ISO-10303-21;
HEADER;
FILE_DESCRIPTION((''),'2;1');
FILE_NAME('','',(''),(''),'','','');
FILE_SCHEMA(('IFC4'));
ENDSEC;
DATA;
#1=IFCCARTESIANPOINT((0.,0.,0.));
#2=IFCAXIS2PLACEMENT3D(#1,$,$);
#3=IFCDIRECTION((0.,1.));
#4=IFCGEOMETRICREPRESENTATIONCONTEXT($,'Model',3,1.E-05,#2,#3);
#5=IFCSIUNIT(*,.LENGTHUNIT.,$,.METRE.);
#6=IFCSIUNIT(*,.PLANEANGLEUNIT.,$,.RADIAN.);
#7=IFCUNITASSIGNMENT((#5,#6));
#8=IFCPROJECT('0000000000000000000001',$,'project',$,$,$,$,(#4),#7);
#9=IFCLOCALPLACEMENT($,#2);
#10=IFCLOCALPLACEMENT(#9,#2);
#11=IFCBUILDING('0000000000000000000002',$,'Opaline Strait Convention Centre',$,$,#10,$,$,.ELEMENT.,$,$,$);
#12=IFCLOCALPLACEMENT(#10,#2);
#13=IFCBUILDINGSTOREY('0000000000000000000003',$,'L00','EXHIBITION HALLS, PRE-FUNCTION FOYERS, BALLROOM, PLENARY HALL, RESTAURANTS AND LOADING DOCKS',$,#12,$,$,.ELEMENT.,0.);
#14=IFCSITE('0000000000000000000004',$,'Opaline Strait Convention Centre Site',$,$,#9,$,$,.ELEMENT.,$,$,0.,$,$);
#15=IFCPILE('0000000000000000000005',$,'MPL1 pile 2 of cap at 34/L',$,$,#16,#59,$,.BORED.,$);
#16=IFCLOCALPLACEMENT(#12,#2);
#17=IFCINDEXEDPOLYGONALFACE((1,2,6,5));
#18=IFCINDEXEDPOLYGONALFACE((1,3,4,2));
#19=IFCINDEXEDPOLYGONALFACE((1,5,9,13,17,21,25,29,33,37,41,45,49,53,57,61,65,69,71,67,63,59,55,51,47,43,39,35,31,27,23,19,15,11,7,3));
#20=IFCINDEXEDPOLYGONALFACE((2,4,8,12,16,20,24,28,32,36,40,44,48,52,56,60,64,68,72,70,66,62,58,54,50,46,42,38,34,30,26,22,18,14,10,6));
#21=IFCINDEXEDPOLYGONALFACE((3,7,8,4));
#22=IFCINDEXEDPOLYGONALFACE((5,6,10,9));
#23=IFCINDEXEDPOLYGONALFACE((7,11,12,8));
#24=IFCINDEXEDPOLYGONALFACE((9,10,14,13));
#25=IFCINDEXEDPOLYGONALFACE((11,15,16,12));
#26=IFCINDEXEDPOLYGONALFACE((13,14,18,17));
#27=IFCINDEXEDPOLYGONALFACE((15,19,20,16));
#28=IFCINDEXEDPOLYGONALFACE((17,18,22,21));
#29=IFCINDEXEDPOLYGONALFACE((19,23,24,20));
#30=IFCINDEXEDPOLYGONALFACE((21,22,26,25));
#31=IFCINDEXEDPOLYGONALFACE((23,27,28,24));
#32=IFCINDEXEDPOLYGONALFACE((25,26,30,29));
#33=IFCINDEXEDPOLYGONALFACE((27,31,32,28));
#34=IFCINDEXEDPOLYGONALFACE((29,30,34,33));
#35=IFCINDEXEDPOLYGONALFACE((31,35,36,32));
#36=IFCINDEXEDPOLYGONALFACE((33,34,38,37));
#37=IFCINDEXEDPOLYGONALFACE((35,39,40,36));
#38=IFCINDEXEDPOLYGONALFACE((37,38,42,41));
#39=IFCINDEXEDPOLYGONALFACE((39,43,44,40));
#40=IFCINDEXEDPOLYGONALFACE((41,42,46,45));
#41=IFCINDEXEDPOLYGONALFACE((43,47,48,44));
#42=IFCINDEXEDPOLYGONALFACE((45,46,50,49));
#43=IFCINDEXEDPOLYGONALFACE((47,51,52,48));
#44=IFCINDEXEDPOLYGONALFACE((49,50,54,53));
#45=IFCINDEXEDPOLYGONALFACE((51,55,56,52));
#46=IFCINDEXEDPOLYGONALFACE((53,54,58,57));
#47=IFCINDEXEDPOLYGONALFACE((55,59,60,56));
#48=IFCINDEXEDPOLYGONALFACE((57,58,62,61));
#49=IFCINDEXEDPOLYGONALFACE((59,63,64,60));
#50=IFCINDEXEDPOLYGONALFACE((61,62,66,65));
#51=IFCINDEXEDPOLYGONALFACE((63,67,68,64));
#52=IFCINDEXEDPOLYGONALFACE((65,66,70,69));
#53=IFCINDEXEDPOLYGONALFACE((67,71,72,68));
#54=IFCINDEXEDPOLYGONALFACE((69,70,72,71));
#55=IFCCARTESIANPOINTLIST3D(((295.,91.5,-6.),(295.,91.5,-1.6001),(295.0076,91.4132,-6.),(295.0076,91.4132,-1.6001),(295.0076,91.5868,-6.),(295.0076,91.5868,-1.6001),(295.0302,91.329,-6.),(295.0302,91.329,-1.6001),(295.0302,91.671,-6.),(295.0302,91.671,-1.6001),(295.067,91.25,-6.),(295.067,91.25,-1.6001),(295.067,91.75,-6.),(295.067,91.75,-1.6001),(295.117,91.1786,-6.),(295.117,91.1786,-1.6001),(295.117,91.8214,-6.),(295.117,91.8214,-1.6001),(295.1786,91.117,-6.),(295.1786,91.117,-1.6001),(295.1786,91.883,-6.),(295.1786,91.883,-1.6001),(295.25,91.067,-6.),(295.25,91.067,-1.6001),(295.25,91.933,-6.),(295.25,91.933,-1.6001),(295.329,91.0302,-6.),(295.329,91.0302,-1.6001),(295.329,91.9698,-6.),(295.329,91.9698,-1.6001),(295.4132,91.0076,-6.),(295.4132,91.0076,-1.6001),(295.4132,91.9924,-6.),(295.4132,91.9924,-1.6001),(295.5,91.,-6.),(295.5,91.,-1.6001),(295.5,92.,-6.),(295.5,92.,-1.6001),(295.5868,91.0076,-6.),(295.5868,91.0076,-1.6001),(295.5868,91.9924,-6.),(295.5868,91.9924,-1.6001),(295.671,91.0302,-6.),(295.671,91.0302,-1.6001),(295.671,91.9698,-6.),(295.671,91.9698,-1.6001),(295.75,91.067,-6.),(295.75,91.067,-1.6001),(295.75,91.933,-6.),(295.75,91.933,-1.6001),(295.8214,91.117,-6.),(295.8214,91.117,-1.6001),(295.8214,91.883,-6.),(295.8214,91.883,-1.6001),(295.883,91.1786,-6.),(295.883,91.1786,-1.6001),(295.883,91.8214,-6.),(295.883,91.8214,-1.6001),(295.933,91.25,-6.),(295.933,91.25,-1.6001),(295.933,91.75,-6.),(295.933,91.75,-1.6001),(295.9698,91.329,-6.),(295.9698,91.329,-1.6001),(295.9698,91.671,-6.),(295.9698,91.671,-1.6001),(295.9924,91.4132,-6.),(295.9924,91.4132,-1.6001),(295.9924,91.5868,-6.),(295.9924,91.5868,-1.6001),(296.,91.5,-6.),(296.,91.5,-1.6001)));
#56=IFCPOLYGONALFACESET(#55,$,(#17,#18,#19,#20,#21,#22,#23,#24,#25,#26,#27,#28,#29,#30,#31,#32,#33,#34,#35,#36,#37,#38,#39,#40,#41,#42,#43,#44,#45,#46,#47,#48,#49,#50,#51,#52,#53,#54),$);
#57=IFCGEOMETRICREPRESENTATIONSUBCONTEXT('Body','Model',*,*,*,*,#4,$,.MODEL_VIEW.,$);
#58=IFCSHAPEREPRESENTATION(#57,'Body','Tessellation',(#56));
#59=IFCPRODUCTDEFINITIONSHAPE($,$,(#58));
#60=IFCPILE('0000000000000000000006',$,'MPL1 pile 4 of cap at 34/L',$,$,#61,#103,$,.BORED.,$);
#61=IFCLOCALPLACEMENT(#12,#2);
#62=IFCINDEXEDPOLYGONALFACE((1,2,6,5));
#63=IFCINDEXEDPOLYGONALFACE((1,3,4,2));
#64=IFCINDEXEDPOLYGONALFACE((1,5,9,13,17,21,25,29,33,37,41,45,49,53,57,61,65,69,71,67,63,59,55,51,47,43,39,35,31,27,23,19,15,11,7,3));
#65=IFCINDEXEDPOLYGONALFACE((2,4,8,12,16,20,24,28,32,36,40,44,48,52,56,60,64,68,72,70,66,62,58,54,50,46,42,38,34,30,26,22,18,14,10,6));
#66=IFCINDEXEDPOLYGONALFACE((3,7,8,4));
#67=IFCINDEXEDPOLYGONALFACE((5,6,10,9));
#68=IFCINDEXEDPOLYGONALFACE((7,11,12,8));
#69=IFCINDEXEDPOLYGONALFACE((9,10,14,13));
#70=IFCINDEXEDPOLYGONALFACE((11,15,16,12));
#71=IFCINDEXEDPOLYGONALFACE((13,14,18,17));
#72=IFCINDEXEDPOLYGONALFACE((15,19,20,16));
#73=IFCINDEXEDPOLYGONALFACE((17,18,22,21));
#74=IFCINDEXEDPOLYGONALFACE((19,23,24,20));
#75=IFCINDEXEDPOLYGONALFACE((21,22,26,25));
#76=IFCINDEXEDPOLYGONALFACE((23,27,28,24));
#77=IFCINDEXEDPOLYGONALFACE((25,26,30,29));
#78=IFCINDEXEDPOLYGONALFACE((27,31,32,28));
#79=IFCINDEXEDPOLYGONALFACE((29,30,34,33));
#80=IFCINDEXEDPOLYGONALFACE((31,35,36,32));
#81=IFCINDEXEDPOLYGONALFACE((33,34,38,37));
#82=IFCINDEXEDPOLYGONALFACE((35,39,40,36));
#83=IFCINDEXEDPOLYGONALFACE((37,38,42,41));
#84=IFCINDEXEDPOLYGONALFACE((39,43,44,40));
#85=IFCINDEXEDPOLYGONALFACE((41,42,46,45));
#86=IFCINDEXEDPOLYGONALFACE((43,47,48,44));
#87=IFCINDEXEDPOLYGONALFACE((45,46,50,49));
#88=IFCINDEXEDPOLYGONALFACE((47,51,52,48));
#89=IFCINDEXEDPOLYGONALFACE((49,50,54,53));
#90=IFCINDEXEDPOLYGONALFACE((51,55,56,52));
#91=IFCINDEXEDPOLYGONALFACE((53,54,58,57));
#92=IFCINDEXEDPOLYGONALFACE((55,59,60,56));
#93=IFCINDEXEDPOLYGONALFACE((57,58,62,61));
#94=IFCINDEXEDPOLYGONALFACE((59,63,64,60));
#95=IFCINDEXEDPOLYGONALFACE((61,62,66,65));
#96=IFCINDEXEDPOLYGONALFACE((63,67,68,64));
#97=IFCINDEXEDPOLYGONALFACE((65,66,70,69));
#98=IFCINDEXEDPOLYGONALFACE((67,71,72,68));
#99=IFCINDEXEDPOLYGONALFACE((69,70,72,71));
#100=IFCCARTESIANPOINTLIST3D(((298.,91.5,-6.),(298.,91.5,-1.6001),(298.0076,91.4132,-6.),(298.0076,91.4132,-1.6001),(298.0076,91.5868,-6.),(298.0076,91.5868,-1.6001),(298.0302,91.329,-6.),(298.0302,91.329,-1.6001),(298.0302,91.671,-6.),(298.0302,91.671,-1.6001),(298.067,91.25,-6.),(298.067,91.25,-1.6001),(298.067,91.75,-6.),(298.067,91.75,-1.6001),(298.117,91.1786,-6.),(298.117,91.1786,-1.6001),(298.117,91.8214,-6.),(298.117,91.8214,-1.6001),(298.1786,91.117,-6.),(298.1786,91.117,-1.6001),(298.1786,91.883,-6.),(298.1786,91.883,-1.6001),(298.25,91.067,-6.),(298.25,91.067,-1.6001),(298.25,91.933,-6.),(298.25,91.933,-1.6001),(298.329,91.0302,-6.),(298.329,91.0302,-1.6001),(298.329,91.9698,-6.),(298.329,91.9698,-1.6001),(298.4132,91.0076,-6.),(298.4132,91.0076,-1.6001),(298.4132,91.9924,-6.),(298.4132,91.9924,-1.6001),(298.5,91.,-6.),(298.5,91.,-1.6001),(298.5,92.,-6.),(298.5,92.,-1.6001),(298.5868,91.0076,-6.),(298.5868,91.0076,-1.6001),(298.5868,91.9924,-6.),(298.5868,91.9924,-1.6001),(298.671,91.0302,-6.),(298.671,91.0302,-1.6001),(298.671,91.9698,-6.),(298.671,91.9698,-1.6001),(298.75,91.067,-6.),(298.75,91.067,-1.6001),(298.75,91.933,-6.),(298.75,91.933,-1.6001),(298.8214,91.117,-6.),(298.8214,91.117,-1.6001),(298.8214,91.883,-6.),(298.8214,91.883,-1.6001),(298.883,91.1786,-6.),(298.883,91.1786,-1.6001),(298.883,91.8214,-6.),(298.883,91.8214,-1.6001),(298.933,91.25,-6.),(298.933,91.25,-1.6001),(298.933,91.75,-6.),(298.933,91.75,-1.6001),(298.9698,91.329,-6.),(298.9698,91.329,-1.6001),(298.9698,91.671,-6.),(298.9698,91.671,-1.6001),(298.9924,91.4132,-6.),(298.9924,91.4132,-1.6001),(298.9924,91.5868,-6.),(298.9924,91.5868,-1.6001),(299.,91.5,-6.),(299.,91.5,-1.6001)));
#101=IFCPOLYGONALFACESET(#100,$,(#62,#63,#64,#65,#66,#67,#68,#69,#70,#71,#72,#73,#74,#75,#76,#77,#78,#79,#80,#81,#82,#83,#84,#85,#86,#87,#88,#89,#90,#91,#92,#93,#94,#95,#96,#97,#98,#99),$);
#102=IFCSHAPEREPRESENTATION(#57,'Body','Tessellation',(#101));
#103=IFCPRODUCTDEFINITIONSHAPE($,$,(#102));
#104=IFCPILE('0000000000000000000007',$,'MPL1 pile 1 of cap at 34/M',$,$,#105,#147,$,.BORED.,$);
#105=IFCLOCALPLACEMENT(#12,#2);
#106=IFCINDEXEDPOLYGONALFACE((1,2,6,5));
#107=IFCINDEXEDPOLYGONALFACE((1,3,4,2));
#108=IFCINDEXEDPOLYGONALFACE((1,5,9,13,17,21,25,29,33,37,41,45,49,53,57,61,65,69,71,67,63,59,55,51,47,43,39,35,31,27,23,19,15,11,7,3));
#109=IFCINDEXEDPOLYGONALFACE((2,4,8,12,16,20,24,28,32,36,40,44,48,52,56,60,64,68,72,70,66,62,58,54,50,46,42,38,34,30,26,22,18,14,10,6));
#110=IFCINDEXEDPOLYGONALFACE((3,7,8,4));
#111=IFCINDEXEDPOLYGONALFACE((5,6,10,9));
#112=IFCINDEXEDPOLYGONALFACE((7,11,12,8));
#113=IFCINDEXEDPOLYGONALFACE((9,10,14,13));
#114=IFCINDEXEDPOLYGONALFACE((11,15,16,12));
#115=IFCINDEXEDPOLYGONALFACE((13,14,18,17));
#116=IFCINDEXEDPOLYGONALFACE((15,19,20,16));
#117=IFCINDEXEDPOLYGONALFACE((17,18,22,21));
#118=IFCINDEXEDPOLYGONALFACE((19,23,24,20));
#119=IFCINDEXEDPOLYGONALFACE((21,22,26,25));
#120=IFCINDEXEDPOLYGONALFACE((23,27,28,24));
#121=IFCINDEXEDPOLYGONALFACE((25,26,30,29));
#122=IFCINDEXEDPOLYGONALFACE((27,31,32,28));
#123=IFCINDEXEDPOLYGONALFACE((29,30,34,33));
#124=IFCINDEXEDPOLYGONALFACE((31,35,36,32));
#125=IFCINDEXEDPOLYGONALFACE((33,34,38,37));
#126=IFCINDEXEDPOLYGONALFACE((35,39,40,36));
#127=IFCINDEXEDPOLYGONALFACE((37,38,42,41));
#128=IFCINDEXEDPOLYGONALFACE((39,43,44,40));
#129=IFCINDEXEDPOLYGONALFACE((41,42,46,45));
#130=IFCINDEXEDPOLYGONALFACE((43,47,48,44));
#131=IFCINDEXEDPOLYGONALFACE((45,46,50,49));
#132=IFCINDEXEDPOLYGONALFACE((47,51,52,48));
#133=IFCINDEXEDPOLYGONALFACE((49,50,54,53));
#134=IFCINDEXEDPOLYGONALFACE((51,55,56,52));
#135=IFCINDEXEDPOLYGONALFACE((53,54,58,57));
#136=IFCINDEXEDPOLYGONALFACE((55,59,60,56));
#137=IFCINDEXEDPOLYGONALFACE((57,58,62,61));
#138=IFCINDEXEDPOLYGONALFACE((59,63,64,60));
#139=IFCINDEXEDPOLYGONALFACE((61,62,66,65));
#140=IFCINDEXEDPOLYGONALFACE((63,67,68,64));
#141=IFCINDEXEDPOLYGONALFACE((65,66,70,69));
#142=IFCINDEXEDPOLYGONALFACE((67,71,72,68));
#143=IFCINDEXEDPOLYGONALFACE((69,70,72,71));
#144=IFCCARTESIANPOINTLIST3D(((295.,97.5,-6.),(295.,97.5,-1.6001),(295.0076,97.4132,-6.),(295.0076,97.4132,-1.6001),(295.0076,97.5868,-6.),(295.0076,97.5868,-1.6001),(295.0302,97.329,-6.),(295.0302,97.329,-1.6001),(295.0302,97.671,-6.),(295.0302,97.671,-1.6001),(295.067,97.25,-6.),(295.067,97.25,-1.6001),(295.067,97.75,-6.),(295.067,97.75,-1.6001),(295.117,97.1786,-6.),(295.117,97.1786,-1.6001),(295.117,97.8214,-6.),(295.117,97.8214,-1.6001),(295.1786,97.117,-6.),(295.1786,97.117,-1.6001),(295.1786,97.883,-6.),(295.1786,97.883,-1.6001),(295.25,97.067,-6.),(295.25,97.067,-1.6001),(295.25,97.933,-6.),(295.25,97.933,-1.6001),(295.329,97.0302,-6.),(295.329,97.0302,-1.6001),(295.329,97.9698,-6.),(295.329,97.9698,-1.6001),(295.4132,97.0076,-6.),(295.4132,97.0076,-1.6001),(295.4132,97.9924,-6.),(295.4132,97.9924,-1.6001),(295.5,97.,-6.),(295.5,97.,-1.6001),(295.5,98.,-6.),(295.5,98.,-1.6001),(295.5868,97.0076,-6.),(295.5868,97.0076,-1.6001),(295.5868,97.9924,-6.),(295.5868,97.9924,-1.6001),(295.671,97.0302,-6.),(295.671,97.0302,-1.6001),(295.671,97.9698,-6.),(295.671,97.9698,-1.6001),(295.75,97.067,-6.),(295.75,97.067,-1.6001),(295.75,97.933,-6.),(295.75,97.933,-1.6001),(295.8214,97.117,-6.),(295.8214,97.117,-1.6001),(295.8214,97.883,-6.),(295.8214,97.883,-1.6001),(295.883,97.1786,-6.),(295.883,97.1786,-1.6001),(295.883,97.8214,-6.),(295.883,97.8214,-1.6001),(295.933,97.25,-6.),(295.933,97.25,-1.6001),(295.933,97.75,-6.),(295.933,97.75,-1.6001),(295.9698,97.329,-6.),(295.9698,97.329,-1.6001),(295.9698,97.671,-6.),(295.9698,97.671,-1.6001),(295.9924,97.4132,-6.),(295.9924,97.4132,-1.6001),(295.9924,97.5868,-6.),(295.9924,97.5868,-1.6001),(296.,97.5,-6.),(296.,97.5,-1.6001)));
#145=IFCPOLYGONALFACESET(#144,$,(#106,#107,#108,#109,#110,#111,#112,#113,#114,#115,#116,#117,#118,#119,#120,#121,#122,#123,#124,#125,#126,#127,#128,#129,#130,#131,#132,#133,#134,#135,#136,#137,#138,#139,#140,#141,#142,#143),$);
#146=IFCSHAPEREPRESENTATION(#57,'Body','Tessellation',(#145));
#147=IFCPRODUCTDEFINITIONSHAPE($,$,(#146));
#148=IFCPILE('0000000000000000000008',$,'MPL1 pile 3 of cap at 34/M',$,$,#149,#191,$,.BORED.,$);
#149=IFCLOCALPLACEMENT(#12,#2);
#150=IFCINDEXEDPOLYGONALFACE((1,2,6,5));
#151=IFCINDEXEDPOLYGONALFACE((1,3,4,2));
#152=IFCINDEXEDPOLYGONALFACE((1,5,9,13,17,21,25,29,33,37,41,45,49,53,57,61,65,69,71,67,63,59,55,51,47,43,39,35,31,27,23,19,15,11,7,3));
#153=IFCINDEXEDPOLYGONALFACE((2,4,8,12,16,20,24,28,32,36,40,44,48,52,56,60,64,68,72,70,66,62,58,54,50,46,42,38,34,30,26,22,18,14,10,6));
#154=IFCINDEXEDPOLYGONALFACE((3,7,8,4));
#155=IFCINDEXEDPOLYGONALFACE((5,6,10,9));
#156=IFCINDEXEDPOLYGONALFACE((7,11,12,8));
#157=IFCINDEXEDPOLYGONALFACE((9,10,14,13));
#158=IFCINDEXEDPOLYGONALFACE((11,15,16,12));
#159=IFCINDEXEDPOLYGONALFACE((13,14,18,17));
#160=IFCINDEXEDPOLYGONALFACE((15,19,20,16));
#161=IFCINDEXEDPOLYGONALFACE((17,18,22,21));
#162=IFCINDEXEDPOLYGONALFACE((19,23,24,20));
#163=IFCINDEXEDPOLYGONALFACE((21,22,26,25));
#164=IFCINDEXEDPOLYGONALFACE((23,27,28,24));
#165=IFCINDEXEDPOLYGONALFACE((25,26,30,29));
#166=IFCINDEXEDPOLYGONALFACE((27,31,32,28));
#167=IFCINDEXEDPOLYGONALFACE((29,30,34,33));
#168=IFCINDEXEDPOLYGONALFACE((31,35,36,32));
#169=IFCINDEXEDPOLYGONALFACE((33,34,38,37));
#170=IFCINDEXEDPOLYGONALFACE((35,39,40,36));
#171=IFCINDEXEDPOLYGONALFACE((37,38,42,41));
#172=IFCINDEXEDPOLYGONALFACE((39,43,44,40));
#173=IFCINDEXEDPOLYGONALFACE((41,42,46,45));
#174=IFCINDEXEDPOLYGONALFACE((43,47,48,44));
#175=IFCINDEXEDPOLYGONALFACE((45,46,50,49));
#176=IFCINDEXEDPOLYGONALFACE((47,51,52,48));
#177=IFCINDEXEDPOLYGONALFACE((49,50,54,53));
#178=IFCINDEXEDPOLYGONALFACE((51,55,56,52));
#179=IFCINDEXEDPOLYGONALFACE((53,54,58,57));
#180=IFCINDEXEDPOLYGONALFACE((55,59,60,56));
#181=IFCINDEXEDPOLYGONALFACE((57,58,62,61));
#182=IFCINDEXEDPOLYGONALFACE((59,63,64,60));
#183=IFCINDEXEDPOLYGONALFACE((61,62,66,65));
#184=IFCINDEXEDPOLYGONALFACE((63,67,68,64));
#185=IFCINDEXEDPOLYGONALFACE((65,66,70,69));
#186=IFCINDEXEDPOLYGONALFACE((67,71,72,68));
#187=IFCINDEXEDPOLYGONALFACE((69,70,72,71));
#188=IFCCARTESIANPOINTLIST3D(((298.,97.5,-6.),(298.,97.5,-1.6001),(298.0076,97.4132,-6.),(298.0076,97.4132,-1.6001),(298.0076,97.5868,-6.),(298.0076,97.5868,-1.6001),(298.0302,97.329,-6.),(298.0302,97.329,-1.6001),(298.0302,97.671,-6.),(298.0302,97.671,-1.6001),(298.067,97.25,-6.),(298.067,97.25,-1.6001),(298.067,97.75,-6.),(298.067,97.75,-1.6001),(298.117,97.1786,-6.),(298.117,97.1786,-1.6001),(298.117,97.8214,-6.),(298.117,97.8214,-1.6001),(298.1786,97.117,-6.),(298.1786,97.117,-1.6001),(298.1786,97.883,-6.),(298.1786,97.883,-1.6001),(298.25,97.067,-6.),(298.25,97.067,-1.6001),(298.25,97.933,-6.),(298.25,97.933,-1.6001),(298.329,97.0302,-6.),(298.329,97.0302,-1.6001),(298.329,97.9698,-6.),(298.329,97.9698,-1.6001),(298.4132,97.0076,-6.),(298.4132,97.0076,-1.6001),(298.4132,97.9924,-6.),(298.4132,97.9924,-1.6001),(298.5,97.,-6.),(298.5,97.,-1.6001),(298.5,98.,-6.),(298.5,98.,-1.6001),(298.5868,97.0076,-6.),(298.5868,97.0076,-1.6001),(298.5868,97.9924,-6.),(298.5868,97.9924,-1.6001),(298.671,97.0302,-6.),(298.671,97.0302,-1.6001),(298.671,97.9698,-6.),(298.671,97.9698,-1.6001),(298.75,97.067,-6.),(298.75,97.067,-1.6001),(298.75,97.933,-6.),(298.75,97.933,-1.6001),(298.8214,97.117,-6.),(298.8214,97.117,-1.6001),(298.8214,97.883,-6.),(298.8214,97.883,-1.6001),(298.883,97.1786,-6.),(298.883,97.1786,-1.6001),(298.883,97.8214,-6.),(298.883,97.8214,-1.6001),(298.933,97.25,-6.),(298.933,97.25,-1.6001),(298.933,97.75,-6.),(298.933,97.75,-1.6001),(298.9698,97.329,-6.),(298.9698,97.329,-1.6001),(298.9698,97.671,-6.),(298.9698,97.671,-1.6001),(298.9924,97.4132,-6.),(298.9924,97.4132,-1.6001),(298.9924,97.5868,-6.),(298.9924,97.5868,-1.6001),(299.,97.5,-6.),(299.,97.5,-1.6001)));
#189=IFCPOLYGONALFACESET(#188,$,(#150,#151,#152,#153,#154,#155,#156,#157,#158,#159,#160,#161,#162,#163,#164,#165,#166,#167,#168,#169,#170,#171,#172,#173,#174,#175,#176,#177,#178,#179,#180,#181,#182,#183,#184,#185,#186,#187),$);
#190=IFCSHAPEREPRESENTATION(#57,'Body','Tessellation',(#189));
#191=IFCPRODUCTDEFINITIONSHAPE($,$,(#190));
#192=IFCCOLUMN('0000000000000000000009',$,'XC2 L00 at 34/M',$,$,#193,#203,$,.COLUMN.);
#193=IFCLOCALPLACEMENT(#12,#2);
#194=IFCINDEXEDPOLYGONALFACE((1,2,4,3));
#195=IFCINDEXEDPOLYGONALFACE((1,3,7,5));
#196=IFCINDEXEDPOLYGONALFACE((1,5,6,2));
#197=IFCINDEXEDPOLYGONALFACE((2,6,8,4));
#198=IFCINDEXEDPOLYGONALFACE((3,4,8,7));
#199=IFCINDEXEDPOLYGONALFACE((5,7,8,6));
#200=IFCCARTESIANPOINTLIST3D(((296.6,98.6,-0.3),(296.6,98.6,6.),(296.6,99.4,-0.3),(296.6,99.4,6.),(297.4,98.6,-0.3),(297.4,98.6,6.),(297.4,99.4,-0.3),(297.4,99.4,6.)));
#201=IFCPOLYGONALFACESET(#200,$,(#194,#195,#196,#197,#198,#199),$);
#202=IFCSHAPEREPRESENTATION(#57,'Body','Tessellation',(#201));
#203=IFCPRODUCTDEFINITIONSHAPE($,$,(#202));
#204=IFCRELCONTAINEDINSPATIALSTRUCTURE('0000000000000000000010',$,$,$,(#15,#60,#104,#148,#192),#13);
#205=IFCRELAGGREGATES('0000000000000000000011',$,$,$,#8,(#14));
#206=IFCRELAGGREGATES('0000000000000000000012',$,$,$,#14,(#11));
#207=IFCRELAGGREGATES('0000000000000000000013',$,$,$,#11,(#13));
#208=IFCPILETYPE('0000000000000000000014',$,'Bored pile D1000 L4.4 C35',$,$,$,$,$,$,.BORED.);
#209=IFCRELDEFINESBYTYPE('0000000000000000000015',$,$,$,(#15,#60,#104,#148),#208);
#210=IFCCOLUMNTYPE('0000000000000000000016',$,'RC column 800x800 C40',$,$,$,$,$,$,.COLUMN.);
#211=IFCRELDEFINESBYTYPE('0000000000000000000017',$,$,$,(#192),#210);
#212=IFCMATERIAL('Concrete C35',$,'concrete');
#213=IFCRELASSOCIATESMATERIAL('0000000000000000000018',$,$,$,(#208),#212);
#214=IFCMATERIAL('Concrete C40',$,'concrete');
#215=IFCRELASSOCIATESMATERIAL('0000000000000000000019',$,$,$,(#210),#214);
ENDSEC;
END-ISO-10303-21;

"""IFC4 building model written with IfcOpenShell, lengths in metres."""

from ifc_helpers import new_model, si_unit, direction, frame, origin, origin_2d, place, context, subcontext, project, spatial, rectangle, circle, extrude, material, material_profile, profile_set, type_object, element, save


model = new_model("IFC4")

# Units and contexts
model_context = context("Model", 3, precision=1e-05, world=origin(), true_north=direction((0.0, 1.0)))
body_context = subcontext(model_context, "Body", "Model", "MODEL_VIEW")
ifc_project = project(units=[si_unit("LENGTHUNIT", "METRE"), si_unit("PLANEANGLEUNIT", "RADIAN")], contexts=[model_context])

# Site, building, storey
site_placement = place(None, origin())
site = spatial("IfcSite", under=ifc_project, at=site_placement, Name="Opaline Strait Convention Centre Site", CompositionType="ELEMENT", RefElevation=0.0)
building_placement = place(site_placement, origin())
building = spatial("IfcBuilding", under=site, at=building_placement, Name="Opaline Strait Convention Centre", CompositionType="ELEMENT")
storey_placement = place(building_placement, origin())
storey = spatial("IfcBuildingStorey", under=building, at=storey_placement, Name="L00", Description="EXHIBITION HALLS, PRE-FUNCTION FOYERS, BALLROOM, PLENARY HALL, RESTAURANTS AND LOADING DOCKS", CompositionType="ELEMENT", Elevation=0.0)

# Piles
ifc_material_1 = material(Name="Concrete C35", Category="concrete")
ifc_material_profile_1 = material_profile(ifc_material_1, circle(Radius=0.5, at=origin_2d()), Name="D1000")
ifc_profile_set_1 = profile_set([ifc_material_profile_1], Name="Concrete C35")
pile_type_1 = type_object("IfcPileType", Name="Bored pile D1000 L4.4 C35", PredefinedType="BORED", material=ifc_profile_set_1)
for number, where, z_axis, x_axis, name in (
    (1, (295.5, 91.5, -1.6001), (0.0, 0.0, -1.0), (1.0, 0.0, 0.0), "MPL1 pile 2 of cap at 34/L"),
    (2, (298.5, 91.5, -1.6001), (0.0, 0.0, -1.0), (1.0, 0.0, 0.0), "MPL1 pile 4 of cap at 34/L"),
    (3, (295.5, 97.5, -1.6001), (0.0, 0.0, -1.0), (1.0, 0.0, 0.0), "MPL1 pile 1 of cap at 34/M"),
    (4, (298.5, 97.5, -1.6001), (0.0, 0.0, -1.0), (1.0, 0.0, 0.0), "MPL1 pile 3 of cap at 34/M"),
):
    element("IfcPile", number, at=place(storey_placement, frame(where, z_axis=z_axis, x_axis=x_axis)), inside=storey, type_object=pile_type_1, Name=name, PredefinedType="BORED", context=body_context, shape_type="SweptSolid", body=[
        extrude(circle(Radius=0.5, at=origin_2d()), origin(), (0.0, 0.0, 1.0), 4.3999),
    ])

# Column
ifc_material_2 = material(Name="Concrete C40", Category="concrete")
ifc_material_profile_2 = material_profile(ifc_material_2, rectangle(XDim=0.8, YDim=0.8, at=origin_2d()), Name="RC 800x800")
ifc_profile_set_2 = profile_set([ifc_material_profile_2], Name="Concrete C40")
column_type = type_object("IfcColumnType", Name="RC column 800x800 C40", PredefinedType="COLUMN", material=ifc_profile_set_2)
column_placement = place(storey_placement, frame((297.0, 99.0, -0.3), z_axis=(0.0, 0.0, 1.0), x_axis=(1.0, 0.0, 0.0)))
element("IfcColumn", 5, at=column_placement, inside=storey, type_object=column_type, Name="XC2 L00 at 34/M", PredefinedType="COLUMN", context=body_context, shape_type="SweptSolid", body=[
    extrude(rectangle(XDim=0.8, YDim=0.8, at=origin_2d()), origin(), (0.0, 0.0, 1.0), 6.3),
])

save(model, "model.ifc")
